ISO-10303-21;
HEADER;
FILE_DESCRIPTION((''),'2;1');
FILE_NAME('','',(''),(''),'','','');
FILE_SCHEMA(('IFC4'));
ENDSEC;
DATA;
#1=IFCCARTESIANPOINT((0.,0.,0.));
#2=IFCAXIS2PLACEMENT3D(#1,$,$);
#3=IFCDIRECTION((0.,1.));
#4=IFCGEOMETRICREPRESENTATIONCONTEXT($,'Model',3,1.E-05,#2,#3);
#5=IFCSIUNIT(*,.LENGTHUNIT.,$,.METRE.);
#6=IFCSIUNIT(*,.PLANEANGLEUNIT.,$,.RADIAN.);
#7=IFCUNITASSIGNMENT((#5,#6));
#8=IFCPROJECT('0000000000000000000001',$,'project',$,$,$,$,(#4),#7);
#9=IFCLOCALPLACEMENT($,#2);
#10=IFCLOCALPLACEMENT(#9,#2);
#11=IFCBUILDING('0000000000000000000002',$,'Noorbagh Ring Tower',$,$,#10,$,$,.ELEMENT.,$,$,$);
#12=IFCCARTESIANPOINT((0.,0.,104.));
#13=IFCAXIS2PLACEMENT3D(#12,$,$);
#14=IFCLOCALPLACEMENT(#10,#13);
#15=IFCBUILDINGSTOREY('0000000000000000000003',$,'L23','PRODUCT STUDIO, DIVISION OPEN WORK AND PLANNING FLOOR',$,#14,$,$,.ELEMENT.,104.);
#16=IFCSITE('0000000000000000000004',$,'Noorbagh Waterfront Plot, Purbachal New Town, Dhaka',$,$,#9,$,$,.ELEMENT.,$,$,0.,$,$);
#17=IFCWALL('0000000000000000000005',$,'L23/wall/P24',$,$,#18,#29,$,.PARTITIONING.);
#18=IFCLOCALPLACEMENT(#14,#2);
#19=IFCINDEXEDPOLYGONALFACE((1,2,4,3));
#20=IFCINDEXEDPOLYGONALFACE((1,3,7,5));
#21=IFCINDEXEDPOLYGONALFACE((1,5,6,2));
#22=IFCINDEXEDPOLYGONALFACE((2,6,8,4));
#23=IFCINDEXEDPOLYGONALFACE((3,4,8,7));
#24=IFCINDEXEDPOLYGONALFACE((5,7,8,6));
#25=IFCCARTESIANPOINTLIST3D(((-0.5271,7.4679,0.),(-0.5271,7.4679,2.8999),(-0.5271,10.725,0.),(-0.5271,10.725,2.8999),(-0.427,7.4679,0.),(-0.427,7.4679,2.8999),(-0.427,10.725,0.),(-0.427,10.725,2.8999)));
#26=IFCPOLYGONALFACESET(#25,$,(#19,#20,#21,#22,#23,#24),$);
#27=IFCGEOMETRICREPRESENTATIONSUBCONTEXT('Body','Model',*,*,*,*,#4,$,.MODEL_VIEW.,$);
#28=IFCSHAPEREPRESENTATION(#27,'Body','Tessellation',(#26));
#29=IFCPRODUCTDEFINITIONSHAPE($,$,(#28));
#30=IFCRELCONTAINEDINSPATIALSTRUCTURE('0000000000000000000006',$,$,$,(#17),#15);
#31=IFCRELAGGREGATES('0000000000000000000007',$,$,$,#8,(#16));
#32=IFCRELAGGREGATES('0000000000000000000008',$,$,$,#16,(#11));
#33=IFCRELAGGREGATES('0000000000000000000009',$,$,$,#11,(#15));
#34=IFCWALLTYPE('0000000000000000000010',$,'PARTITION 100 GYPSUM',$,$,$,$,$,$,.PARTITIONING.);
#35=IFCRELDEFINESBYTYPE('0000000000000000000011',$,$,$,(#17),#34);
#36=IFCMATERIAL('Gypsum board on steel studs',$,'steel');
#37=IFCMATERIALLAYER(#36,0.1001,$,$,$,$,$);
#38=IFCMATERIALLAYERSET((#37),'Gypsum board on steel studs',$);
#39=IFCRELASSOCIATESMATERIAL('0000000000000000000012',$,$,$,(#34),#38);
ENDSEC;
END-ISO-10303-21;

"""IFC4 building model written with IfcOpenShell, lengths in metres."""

from ifc_helpers import new_model, si_unit, direction, frame, frame_2d, origin, place, context, subcontext, project, spatial, rectangle, extrude, material, layer, layer_set, type_object, element, save


model = new_model("IFC4")

# Units and contexts
model_context = context("Model", 3, precision=1e-05, world=origin(), true_north=direction((0.0, 1.0)))
body_context = subcontext(model_context, "Body", "Model", "MODEL_VIEW")
ifc_project = project(units=[si_unit("LENGTHUNIT", "METRE"), si_unit("PLANEANGLEUNIT", "RADIAN")], contexts=[model_context])

# Site, building, storey
site_placement = place(None, origin())
site = spatial("IfcSite", under=ifc_project, at=site_placement, Name="Noorbagh Waterfront Plot, Purbachal New Town, Dhaka", CompositionType="ELEMENT", RefElevation=0.0)
building_placement = place(site_placement, origin())
building = spatial("IfcBuilding", under=site, at=building_placement, Name="Noorbagh Ring Tower", CompositionType="ELEMENT")
storey_placement = place(building_placement, frame((0.0, 0.0, 104.0)))
storey = spatial("IfcBuildingStorey", under=building, at=storey_placement, Name="L23", Description="PRODUCT STUDIO, DIVISION OPEN WORK AND PLANNING FLOOR", CompositionType="ELEMENT", Elevation=104.0)

# Wall
ifc_material_1 = material(Name="Gypsum board on steel studs", Category="steel")
ifc_layer_1 = layer(ifc_material_1, 0.1001)
ifc_layer_set_1 = layer_set([ifc_layer_1], Name="Gypsum board on steel studs")
wall_type = type_object("IfcWallType", Name="PARTITION 100 GYPSUM", PredefinedType="PARTITIONING", material=ifc_layer_set_1)
wall_placement = place(storey_placement, frame((-0.4771, 7.468, 0.0), z_axis=(0.0, 0.0, 1.0), x_axis=(0.0, 1.0, 0.0)))
element("IfcWall", 1, at=wall_placement, inside=storey, type_object=wall_type, Name="L23/wall/P24", PredefinedType="PARTITIONING", context=body_context, shape_type="SweptSolid", body=[
    extrude(rectangle(XDim=3.2571, YDim=0.1001, at=frame_2d((1.6284, 0.0))), origin(), (0.0, 0.0, 1.0), 2.8999),
])

save(model, "model.ifc")
